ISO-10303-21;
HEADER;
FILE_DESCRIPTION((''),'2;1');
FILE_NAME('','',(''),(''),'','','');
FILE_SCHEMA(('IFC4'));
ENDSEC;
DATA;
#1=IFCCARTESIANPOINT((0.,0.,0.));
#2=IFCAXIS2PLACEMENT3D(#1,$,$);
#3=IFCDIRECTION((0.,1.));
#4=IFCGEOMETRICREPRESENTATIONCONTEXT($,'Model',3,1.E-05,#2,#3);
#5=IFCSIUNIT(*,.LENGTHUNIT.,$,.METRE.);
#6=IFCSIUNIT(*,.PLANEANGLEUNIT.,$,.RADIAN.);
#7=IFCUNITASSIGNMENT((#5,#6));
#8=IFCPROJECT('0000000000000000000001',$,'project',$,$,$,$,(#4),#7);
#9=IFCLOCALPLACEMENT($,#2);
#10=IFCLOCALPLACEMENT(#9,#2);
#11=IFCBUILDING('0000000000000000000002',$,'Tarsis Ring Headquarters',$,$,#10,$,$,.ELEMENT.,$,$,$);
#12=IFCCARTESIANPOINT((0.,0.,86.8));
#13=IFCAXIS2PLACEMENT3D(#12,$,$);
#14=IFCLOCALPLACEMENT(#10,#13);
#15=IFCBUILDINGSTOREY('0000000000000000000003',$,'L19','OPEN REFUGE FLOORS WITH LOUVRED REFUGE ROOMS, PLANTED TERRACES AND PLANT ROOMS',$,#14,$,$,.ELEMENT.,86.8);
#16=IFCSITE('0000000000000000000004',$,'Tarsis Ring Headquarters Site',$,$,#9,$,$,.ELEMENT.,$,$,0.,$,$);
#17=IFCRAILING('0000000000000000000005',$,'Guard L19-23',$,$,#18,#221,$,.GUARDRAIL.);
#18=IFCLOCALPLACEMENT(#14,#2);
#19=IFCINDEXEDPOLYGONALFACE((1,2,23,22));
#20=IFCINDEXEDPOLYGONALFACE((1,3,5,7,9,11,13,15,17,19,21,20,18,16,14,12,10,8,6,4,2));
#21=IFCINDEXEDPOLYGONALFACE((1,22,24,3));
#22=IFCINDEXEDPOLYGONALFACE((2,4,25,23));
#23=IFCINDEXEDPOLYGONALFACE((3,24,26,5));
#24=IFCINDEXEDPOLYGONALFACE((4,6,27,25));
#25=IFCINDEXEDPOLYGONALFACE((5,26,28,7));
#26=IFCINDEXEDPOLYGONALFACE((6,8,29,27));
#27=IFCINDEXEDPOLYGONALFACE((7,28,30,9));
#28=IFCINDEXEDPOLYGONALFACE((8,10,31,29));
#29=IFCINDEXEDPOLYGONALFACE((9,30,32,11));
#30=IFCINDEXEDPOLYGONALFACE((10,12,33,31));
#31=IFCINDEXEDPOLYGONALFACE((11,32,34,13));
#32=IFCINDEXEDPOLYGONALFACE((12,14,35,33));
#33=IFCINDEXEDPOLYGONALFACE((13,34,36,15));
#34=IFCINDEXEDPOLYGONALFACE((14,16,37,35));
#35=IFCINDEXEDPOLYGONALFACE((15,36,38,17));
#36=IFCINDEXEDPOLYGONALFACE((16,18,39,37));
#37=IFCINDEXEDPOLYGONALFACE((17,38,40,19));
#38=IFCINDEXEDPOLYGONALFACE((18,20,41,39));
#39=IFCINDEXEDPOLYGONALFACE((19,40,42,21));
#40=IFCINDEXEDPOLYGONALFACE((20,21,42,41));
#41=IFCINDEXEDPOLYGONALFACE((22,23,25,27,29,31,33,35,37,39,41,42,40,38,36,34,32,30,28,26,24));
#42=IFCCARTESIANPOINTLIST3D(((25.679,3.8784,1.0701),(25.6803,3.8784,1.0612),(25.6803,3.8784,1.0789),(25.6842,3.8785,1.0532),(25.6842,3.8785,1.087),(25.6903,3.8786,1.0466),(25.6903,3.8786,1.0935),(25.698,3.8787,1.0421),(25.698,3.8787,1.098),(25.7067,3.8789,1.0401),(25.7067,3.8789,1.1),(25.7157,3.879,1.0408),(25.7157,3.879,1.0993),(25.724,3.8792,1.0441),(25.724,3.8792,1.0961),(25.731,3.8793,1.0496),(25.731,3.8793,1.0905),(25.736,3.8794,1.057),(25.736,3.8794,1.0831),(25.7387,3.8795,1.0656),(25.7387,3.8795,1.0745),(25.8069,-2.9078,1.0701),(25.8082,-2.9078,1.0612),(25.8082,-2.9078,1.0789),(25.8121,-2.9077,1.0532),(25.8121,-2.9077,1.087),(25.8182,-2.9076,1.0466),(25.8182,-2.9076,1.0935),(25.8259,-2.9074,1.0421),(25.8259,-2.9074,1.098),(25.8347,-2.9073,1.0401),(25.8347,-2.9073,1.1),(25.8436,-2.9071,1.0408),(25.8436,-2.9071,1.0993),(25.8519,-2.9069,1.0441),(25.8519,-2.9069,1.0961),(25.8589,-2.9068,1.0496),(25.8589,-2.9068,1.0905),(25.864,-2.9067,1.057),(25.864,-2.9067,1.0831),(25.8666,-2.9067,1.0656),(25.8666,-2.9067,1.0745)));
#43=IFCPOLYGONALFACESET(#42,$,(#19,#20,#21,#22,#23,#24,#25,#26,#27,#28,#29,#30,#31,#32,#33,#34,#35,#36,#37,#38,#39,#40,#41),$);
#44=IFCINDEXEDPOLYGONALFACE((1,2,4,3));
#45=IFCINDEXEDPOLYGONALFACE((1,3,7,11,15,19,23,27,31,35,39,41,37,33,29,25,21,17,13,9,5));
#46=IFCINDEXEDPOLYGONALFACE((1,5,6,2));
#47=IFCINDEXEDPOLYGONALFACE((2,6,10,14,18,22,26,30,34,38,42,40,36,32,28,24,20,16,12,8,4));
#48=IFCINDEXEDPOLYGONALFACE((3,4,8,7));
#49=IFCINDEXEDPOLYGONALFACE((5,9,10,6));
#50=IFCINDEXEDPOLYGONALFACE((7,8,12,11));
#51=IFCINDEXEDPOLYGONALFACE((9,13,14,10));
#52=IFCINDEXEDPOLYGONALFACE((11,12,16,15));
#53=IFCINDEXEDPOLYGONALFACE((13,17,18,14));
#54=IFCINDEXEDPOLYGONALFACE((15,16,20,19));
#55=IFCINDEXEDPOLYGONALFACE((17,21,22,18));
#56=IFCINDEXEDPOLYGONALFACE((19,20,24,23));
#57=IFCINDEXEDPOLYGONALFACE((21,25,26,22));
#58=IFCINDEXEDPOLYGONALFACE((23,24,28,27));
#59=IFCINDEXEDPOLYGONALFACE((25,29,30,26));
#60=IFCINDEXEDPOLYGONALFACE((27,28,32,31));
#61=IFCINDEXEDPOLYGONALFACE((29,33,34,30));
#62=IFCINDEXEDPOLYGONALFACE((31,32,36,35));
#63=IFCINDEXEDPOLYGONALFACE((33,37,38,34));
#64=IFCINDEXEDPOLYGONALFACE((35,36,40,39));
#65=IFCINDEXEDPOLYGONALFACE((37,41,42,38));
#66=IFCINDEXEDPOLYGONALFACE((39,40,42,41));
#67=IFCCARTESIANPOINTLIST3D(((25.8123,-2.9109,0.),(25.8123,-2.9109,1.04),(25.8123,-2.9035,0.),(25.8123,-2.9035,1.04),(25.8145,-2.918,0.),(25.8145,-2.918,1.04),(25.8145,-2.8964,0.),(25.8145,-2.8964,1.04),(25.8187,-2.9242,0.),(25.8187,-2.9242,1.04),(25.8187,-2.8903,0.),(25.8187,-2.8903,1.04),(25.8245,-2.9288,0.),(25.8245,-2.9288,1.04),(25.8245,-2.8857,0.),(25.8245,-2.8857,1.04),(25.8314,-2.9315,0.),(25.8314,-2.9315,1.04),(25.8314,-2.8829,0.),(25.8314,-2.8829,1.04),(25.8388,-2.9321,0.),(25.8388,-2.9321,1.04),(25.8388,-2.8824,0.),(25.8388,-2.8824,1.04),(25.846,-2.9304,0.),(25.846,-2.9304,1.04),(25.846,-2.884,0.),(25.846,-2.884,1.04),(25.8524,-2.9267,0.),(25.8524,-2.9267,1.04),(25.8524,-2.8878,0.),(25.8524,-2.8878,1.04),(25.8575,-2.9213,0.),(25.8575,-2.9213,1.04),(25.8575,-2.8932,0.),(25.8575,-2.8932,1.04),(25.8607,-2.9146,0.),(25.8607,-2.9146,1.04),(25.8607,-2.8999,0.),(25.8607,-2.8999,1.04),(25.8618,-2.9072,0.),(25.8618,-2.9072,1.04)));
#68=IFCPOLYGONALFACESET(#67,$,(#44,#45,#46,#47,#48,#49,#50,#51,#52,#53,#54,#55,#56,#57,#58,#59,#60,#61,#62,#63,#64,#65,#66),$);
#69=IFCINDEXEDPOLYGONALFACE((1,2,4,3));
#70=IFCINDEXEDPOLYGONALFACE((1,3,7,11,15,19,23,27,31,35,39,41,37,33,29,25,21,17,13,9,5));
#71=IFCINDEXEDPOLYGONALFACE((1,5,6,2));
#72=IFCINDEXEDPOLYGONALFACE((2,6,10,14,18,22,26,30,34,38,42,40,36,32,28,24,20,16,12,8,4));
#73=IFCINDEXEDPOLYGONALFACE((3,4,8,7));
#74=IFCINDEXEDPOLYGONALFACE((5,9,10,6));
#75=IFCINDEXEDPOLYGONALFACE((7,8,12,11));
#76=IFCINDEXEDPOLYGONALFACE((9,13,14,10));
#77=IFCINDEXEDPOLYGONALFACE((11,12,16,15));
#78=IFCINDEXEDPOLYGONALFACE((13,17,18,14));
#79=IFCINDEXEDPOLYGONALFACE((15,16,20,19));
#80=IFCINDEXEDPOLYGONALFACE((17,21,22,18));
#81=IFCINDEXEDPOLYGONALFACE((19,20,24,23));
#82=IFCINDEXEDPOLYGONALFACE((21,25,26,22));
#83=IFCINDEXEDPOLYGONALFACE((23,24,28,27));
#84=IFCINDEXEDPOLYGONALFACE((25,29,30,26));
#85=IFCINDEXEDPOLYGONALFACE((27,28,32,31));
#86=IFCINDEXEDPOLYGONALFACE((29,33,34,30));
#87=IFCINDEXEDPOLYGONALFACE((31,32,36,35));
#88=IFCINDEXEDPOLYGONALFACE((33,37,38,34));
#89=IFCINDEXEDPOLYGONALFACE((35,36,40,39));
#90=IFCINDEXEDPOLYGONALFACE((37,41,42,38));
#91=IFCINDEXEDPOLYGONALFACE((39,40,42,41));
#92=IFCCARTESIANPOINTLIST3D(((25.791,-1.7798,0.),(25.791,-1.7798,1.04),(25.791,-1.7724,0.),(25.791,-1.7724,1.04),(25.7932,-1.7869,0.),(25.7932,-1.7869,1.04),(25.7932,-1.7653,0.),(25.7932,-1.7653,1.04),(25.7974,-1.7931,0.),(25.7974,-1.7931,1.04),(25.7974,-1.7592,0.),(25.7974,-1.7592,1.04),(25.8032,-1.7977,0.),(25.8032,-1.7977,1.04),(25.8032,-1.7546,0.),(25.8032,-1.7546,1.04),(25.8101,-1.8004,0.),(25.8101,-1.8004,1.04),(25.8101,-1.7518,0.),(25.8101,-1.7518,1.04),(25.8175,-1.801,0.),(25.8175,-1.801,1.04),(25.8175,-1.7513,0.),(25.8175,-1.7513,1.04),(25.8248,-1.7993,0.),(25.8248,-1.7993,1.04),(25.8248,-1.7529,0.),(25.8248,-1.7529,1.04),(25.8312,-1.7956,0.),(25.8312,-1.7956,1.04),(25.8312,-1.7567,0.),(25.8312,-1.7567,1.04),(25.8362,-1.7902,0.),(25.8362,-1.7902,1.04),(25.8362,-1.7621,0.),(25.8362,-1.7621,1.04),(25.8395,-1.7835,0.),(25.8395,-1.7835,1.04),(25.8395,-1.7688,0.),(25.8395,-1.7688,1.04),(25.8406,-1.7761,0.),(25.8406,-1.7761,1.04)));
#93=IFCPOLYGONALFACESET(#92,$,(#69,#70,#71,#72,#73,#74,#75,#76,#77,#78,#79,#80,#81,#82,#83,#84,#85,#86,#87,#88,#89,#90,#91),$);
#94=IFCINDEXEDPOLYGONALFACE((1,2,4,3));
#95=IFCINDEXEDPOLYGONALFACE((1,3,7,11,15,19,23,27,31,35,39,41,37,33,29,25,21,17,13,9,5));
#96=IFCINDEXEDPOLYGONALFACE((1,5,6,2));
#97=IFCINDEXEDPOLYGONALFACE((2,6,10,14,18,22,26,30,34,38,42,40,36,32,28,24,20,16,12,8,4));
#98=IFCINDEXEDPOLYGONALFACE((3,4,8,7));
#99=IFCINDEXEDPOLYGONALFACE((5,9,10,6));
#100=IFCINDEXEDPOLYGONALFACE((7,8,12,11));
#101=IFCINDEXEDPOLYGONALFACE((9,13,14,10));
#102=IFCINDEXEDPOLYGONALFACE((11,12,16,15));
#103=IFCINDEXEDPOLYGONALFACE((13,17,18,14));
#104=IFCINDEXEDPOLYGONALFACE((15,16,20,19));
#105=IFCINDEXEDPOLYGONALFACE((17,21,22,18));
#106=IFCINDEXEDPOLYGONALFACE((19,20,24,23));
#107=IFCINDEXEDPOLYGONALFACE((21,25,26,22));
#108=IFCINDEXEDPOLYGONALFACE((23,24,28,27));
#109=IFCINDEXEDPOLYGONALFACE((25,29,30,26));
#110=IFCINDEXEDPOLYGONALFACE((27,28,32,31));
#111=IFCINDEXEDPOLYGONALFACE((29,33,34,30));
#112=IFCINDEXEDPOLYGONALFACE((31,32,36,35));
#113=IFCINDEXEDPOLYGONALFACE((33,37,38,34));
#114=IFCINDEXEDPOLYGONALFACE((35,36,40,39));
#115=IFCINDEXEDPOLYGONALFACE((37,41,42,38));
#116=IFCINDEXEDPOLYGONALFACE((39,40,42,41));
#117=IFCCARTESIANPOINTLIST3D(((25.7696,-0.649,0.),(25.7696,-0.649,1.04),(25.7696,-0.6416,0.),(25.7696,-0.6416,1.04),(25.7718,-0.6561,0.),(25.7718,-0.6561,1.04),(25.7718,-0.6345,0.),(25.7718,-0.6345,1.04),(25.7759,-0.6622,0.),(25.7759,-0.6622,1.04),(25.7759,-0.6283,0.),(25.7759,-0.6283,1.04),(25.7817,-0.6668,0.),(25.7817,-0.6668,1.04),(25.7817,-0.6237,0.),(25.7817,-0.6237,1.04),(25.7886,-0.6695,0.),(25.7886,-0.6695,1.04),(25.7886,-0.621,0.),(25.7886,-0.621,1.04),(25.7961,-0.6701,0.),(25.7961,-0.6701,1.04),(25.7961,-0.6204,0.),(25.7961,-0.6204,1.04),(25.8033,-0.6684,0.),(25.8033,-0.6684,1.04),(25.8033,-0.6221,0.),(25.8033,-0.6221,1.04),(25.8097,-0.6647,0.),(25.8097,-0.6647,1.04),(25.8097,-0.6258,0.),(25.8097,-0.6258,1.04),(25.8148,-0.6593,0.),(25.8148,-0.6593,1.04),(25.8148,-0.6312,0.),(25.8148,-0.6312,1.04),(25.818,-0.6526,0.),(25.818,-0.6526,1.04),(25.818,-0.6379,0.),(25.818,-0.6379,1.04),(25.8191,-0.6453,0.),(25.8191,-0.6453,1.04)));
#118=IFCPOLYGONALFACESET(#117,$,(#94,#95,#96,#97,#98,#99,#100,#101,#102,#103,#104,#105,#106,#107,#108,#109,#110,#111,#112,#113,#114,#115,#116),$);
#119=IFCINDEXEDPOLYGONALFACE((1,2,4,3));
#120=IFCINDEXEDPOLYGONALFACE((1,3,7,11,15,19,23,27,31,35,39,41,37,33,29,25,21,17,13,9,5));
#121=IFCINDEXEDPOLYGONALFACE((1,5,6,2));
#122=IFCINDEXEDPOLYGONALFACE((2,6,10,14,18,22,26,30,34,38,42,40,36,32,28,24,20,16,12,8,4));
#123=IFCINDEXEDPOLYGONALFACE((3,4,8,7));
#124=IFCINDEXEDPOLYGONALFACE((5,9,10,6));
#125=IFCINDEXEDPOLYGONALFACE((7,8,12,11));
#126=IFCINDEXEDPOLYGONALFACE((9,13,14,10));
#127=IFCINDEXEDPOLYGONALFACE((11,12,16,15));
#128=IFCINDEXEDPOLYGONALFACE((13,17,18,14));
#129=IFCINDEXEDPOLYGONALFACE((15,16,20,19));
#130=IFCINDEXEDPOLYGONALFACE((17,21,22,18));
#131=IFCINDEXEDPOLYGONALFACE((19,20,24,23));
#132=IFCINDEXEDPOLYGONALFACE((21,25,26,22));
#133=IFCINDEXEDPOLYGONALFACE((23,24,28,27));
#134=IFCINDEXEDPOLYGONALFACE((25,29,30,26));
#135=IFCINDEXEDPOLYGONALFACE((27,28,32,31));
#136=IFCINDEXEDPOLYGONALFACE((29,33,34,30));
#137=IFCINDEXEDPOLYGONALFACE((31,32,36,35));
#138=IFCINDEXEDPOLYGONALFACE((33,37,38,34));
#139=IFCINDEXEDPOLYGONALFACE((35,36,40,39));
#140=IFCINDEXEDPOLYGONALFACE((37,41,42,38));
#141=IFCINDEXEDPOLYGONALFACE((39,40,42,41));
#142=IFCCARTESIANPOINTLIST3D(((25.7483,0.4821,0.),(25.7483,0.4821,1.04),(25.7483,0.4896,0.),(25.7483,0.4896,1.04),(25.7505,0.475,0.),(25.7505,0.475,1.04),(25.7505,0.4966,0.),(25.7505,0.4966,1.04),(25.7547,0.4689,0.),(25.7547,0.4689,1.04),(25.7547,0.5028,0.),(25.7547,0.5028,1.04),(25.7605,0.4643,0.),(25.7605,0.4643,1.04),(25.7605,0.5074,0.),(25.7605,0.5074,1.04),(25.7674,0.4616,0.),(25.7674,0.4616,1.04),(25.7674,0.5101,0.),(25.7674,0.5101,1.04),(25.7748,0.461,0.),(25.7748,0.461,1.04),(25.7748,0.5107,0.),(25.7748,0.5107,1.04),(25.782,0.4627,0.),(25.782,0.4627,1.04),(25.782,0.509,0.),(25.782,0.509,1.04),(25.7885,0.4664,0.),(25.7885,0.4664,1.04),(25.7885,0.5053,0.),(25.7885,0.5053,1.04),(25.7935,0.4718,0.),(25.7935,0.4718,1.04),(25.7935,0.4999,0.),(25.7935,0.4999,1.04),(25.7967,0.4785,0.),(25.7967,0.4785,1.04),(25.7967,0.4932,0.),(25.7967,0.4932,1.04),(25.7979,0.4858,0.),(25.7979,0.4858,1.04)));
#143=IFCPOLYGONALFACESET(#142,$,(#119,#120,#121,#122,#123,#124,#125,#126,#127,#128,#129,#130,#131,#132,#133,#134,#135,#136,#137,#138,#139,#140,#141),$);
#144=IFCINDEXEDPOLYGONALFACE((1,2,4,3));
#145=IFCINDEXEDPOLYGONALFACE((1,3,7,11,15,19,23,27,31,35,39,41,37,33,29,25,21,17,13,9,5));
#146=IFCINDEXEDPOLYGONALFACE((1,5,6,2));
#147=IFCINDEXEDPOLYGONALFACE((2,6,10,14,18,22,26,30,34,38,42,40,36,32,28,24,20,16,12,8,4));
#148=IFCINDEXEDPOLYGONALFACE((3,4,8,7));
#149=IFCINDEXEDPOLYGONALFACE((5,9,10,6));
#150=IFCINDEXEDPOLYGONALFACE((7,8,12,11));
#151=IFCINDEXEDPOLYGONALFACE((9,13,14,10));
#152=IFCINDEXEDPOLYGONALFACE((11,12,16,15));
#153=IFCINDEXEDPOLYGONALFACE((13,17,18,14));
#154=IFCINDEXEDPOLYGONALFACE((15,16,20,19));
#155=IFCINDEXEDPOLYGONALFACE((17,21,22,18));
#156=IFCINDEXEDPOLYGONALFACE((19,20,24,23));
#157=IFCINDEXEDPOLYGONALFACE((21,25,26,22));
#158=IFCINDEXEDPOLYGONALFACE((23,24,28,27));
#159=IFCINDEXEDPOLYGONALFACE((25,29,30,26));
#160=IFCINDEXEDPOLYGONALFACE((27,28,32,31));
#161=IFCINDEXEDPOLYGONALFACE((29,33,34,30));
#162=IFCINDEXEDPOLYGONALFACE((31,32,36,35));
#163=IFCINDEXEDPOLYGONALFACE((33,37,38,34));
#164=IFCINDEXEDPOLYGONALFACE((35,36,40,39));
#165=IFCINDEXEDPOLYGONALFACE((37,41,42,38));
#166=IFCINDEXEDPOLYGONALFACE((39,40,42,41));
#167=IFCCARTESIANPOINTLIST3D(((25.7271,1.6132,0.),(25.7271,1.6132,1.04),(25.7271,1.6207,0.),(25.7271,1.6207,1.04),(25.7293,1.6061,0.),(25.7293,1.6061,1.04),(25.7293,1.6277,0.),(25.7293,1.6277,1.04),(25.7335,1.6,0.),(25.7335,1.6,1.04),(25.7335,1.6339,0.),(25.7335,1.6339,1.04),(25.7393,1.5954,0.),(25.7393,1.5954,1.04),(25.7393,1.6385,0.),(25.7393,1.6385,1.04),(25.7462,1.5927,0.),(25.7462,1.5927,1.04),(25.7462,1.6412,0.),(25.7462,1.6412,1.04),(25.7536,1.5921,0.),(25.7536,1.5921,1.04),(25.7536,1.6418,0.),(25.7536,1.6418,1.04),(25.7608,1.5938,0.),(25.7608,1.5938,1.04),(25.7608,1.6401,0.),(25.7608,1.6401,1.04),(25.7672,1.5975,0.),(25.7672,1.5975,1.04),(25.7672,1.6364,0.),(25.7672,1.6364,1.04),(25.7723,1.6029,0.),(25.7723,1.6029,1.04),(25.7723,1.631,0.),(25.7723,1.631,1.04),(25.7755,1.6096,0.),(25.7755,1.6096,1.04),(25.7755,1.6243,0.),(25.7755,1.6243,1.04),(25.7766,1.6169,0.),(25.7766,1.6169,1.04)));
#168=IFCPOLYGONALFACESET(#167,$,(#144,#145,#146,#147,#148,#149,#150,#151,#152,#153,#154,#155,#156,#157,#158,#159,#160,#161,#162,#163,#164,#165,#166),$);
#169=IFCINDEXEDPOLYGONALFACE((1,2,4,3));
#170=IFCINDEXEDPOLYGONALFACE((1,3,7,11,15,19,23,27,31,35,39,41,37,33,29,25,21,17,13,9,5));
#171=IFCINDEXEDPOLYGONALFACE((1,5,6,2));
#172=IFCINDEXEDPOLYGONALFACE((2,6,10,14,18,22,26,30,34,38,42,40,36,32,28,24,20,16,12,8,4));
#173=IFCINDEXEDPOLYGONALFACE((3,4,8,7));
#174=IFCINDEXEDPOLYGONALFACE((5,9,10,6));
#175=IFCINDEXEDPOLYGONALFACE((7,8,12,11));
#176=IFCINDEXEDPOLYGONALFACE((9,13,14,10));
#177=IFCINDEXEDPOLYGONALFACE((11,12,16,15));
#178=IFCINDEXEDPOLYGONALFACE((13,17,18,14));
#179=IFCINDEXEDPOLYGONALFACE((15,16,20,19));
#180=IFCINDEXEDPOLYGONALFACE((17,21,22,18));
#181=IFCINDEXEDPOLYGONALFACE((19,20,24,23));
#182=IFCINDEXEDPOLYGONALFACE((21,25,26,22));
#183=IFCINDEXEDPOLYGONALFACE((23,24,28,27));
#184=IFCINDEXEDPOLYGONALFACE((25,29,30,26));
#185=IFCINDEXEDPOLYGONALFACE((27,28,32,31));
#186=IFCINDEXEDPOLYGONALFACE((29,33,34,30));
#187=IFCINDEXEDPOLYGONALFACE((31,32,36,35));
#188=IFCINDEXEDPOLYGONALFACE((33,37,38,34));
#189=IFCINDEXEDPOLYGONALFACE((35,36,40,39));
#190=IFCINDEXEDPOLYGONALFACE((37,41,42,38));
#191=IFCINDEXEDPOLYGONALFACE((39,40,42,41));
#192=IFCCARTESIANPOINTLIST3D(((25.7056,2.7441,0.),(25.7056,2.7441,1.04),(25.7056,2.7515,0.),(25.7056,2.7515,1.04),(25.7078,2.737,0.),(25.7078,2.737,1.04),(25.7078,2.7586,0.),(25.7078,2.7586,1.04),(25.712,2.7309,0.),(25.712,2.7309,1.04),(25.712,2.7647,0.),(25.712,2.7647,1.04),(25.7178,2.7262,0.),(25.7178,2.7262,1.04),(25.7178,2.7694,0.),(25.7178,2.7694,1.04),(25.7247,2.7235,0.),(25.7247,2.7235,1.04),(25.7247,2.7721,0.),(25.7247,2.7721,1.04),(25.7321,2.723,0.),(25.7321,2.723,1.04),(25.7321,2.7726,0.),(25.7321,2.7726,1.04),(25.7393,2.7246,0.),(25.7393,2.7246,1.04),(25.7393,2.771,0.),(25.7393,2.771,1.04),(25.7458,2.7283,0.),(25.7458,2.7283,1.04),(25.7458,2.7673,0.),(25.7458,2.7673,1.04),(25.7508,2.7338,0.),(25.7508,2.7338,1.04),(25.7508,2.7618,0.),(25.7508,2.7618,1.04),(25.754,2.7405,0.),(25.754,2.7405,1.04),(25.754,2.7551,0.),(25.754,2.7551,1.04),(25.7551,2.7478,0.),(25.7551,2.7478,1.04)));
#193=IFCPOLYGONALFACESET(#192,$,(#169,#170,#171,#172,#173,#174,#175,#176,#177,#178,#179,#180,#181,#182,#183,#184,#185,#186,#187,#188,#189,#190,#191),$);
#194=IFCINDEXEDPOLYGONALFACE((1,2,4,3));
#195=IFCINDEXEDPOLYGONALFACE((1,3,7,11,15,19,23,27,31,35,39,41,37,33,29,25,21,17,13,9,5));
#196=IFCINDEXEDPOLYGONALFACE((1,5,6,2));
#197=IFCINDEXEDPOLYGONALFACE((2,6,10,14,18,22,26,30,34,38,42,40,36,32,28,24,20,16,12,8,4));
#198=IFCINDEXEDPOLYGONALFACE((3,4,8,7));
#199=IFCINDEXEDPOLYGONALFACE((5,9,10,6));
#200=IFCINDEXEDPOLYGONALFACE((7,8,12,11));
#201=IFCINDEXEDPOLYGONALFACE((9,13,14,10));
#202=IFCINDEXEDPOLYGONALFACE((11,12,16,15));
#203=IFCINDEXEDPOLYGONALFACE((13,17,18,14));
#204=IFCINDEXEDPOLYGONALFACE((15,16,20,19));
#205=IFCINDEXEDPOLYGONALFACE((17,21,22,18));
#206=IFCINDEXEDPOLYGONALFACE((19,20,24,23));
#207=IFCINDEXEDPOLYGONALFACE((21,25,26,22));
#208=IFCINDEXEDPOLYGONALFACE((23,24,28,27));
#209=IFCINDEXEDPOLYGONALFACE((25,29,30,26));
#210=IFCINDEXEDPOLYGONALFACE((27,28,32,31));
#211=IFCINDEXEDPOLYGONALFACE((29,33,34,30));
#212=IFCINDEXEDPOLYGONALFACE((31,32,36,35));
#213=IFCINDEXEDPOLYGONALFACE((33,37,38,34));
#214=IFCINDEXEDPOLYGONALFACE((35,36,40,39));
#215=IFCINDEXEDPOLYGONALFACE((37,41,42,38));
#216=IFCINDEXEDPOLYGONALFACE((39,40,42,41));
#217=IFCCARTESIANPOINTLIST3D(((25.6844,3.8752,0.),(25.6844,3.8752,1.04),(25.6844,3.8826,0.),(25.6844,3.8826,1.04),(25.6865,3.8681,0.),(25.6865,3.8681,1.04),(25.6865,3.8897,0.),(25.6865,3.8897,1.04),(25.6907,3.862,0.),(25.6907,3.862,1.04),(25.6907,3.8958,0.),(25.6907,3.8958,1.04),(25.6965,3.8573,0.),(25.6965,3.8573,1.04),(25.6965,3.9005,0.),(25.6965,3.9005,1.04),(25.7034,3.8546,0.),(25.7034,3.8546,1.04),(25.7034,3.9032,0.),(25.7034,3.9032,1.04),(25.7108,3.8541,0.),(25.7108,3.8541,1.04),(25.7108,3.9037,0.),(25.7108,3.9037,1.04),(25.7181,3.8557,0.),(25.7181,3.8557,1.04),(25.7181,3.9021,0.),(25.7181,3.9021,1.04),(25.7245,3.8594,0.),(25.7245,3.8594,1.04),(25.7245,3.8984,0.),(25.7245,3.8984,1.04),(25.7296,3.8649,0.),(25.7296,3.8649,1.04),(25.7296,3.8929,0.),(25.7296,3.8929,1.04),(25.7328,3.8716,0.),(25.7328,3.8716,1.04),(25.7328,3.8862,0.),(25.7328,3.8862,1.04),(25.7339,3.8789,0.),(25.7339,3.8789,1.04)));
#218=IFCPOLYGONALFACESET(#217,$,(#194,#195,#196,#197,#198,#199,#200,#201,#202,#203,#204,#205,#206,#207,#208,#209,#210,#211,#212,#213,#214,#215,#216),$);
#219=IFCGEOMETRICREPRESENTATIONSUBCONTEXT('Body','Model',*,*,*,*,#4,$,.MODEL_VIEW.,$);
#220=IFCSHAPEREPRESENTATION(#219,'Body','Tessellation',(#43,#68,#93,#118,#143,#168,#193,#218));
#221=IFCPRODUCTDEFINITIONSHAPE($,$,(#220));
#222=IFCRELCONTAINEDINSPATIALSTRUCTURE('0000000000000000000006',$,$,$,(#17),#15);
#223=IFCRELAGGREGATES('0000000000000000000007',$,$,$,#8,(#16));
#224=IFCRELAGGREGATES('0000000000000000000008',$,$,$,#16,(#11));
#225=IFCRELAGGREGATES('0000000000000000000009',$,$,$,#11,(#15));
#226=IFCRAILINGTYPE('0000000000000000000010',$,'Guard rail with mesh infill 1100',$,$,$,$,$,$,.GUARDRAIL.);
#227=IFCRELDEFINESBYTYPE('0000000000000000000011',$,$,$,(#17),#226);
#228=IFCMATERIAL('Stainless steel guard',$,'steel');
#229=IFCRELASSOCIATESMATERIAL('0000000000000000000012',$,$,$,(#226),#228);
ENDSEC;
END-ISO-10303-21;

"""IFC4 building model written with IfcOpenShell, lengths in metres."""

from ifc_helpers import new_model, si_unit, direction, frame, origin, origin_2d, place, context, subcontext, project, spatial, circle, extrude, material, type_object, element, save


model = new_model("IFC4")

# Units and contexts
model_context = context("Model", 3, precision=1e-05, world=origin(), true_north=direction((0.0, 1.0)))
body_context = subcontext(model_context, "Body", "Model", "MODEL_VIEW")
ifc_project = project(units=[si_unit("LENGTHUNIT", "METRE"), si_unit("PLANEANGLEUNIT", "RADIAN")], contexts=[model_context])

# Site, building, storey
site_placement = place(None, origin())
site = spatial("IfcSite", under=ifc_project, at=site_placement, Name="Tarsis Ring Headquarters Site", CompositionType="ELEMENT", RefElevation=0.0)
building_placement = place(site_placement, origin())
building = spatial("IfcBuilding", under=site, at=building_placement, Name="Tarsis Ring Headquarters", CompositionType="ELEMENT")
storey_placement = place(building_placement, frame((0.0, 0.0, 86.8)))
storey = spatial("IfcBuildingStorey", under=building, at=storey_placement, Name="L19", Description="OPEN REFUGE FLOORS WITH LOUVRED REFUGE ROOMS, PLANTED TERRACES AND PLANT ROOMS", CompositionType="ELEMENT", Elevation=86.8)

# Railing
ifc_material_1 = material(Name="Stainless steel guard", Category="steel")
railing_type_1 = type_object("IfcRailingType", Name="Guard rail with mesh infill 1100", PredefinedType="GUARDRAIL", material=ifc_material_1)
railing_placement = place(storey_placement, frame((25.8369, -2.9072, 0.0)))
element("IfcRailing", 1, at=railing_placement, inside=storey, type_object=railing_type_1, Name="Guard L19-23", PredefinedType="GUARDRAIL", context=body_context, shape_type="SweptSolid", body=[
    extrude(circle(Radius=0.03, at=origin_2d()), frame((0.0, 0.0, 1.0701), z_axis=(-0.018848, 0.999822, 0.0), x_axis=(-0.999822, -0.018848, 0.0)), (0.0, 0.0, 1.0), 6.7874),
    extrude(circle(Radius=0.0249, at=origin_2d()), origin(), (0.0, 0.0, 1.0), 1.04),
    extrude(circle(Radius=0.0249, at=origin_2d()), frame((-0.0212, 1.1311, 0.0)), (0.0, 0.0, 1.0), 1.04),
    extrude(circle(Radius=0.0249, at=origin_2d()), frame((-0.0427, 2.262, 0.0)), (0.0, 0.0, 1.0), 1.04),
    extrude(circle(Radius=0.0249, at=origin_2d()), frame((-0.064, 3.3931, 0.0)), (0.0, 0.0, 1.0), 1.04),
    extrude(circle(Radius=0.0249, at=origin_2d()), frame((-0.0852, 4.5242, 0.0)), (0.0, 0.0, 1.0), 1.04),
    extrude(circle(Radius=0.0249, at=origin_2d()), frame((-0.1067, 5.655, 0.0)), (0.0, 0.0, 1.0), 1.04),
    extrude(circle(Radius=0.0249, at=origin_2d()), frame((-0.1279, 6.7861, 0.0)), (0.0, 0.0, 1.0), 1.04),
])

save(model, "model.ifc")
